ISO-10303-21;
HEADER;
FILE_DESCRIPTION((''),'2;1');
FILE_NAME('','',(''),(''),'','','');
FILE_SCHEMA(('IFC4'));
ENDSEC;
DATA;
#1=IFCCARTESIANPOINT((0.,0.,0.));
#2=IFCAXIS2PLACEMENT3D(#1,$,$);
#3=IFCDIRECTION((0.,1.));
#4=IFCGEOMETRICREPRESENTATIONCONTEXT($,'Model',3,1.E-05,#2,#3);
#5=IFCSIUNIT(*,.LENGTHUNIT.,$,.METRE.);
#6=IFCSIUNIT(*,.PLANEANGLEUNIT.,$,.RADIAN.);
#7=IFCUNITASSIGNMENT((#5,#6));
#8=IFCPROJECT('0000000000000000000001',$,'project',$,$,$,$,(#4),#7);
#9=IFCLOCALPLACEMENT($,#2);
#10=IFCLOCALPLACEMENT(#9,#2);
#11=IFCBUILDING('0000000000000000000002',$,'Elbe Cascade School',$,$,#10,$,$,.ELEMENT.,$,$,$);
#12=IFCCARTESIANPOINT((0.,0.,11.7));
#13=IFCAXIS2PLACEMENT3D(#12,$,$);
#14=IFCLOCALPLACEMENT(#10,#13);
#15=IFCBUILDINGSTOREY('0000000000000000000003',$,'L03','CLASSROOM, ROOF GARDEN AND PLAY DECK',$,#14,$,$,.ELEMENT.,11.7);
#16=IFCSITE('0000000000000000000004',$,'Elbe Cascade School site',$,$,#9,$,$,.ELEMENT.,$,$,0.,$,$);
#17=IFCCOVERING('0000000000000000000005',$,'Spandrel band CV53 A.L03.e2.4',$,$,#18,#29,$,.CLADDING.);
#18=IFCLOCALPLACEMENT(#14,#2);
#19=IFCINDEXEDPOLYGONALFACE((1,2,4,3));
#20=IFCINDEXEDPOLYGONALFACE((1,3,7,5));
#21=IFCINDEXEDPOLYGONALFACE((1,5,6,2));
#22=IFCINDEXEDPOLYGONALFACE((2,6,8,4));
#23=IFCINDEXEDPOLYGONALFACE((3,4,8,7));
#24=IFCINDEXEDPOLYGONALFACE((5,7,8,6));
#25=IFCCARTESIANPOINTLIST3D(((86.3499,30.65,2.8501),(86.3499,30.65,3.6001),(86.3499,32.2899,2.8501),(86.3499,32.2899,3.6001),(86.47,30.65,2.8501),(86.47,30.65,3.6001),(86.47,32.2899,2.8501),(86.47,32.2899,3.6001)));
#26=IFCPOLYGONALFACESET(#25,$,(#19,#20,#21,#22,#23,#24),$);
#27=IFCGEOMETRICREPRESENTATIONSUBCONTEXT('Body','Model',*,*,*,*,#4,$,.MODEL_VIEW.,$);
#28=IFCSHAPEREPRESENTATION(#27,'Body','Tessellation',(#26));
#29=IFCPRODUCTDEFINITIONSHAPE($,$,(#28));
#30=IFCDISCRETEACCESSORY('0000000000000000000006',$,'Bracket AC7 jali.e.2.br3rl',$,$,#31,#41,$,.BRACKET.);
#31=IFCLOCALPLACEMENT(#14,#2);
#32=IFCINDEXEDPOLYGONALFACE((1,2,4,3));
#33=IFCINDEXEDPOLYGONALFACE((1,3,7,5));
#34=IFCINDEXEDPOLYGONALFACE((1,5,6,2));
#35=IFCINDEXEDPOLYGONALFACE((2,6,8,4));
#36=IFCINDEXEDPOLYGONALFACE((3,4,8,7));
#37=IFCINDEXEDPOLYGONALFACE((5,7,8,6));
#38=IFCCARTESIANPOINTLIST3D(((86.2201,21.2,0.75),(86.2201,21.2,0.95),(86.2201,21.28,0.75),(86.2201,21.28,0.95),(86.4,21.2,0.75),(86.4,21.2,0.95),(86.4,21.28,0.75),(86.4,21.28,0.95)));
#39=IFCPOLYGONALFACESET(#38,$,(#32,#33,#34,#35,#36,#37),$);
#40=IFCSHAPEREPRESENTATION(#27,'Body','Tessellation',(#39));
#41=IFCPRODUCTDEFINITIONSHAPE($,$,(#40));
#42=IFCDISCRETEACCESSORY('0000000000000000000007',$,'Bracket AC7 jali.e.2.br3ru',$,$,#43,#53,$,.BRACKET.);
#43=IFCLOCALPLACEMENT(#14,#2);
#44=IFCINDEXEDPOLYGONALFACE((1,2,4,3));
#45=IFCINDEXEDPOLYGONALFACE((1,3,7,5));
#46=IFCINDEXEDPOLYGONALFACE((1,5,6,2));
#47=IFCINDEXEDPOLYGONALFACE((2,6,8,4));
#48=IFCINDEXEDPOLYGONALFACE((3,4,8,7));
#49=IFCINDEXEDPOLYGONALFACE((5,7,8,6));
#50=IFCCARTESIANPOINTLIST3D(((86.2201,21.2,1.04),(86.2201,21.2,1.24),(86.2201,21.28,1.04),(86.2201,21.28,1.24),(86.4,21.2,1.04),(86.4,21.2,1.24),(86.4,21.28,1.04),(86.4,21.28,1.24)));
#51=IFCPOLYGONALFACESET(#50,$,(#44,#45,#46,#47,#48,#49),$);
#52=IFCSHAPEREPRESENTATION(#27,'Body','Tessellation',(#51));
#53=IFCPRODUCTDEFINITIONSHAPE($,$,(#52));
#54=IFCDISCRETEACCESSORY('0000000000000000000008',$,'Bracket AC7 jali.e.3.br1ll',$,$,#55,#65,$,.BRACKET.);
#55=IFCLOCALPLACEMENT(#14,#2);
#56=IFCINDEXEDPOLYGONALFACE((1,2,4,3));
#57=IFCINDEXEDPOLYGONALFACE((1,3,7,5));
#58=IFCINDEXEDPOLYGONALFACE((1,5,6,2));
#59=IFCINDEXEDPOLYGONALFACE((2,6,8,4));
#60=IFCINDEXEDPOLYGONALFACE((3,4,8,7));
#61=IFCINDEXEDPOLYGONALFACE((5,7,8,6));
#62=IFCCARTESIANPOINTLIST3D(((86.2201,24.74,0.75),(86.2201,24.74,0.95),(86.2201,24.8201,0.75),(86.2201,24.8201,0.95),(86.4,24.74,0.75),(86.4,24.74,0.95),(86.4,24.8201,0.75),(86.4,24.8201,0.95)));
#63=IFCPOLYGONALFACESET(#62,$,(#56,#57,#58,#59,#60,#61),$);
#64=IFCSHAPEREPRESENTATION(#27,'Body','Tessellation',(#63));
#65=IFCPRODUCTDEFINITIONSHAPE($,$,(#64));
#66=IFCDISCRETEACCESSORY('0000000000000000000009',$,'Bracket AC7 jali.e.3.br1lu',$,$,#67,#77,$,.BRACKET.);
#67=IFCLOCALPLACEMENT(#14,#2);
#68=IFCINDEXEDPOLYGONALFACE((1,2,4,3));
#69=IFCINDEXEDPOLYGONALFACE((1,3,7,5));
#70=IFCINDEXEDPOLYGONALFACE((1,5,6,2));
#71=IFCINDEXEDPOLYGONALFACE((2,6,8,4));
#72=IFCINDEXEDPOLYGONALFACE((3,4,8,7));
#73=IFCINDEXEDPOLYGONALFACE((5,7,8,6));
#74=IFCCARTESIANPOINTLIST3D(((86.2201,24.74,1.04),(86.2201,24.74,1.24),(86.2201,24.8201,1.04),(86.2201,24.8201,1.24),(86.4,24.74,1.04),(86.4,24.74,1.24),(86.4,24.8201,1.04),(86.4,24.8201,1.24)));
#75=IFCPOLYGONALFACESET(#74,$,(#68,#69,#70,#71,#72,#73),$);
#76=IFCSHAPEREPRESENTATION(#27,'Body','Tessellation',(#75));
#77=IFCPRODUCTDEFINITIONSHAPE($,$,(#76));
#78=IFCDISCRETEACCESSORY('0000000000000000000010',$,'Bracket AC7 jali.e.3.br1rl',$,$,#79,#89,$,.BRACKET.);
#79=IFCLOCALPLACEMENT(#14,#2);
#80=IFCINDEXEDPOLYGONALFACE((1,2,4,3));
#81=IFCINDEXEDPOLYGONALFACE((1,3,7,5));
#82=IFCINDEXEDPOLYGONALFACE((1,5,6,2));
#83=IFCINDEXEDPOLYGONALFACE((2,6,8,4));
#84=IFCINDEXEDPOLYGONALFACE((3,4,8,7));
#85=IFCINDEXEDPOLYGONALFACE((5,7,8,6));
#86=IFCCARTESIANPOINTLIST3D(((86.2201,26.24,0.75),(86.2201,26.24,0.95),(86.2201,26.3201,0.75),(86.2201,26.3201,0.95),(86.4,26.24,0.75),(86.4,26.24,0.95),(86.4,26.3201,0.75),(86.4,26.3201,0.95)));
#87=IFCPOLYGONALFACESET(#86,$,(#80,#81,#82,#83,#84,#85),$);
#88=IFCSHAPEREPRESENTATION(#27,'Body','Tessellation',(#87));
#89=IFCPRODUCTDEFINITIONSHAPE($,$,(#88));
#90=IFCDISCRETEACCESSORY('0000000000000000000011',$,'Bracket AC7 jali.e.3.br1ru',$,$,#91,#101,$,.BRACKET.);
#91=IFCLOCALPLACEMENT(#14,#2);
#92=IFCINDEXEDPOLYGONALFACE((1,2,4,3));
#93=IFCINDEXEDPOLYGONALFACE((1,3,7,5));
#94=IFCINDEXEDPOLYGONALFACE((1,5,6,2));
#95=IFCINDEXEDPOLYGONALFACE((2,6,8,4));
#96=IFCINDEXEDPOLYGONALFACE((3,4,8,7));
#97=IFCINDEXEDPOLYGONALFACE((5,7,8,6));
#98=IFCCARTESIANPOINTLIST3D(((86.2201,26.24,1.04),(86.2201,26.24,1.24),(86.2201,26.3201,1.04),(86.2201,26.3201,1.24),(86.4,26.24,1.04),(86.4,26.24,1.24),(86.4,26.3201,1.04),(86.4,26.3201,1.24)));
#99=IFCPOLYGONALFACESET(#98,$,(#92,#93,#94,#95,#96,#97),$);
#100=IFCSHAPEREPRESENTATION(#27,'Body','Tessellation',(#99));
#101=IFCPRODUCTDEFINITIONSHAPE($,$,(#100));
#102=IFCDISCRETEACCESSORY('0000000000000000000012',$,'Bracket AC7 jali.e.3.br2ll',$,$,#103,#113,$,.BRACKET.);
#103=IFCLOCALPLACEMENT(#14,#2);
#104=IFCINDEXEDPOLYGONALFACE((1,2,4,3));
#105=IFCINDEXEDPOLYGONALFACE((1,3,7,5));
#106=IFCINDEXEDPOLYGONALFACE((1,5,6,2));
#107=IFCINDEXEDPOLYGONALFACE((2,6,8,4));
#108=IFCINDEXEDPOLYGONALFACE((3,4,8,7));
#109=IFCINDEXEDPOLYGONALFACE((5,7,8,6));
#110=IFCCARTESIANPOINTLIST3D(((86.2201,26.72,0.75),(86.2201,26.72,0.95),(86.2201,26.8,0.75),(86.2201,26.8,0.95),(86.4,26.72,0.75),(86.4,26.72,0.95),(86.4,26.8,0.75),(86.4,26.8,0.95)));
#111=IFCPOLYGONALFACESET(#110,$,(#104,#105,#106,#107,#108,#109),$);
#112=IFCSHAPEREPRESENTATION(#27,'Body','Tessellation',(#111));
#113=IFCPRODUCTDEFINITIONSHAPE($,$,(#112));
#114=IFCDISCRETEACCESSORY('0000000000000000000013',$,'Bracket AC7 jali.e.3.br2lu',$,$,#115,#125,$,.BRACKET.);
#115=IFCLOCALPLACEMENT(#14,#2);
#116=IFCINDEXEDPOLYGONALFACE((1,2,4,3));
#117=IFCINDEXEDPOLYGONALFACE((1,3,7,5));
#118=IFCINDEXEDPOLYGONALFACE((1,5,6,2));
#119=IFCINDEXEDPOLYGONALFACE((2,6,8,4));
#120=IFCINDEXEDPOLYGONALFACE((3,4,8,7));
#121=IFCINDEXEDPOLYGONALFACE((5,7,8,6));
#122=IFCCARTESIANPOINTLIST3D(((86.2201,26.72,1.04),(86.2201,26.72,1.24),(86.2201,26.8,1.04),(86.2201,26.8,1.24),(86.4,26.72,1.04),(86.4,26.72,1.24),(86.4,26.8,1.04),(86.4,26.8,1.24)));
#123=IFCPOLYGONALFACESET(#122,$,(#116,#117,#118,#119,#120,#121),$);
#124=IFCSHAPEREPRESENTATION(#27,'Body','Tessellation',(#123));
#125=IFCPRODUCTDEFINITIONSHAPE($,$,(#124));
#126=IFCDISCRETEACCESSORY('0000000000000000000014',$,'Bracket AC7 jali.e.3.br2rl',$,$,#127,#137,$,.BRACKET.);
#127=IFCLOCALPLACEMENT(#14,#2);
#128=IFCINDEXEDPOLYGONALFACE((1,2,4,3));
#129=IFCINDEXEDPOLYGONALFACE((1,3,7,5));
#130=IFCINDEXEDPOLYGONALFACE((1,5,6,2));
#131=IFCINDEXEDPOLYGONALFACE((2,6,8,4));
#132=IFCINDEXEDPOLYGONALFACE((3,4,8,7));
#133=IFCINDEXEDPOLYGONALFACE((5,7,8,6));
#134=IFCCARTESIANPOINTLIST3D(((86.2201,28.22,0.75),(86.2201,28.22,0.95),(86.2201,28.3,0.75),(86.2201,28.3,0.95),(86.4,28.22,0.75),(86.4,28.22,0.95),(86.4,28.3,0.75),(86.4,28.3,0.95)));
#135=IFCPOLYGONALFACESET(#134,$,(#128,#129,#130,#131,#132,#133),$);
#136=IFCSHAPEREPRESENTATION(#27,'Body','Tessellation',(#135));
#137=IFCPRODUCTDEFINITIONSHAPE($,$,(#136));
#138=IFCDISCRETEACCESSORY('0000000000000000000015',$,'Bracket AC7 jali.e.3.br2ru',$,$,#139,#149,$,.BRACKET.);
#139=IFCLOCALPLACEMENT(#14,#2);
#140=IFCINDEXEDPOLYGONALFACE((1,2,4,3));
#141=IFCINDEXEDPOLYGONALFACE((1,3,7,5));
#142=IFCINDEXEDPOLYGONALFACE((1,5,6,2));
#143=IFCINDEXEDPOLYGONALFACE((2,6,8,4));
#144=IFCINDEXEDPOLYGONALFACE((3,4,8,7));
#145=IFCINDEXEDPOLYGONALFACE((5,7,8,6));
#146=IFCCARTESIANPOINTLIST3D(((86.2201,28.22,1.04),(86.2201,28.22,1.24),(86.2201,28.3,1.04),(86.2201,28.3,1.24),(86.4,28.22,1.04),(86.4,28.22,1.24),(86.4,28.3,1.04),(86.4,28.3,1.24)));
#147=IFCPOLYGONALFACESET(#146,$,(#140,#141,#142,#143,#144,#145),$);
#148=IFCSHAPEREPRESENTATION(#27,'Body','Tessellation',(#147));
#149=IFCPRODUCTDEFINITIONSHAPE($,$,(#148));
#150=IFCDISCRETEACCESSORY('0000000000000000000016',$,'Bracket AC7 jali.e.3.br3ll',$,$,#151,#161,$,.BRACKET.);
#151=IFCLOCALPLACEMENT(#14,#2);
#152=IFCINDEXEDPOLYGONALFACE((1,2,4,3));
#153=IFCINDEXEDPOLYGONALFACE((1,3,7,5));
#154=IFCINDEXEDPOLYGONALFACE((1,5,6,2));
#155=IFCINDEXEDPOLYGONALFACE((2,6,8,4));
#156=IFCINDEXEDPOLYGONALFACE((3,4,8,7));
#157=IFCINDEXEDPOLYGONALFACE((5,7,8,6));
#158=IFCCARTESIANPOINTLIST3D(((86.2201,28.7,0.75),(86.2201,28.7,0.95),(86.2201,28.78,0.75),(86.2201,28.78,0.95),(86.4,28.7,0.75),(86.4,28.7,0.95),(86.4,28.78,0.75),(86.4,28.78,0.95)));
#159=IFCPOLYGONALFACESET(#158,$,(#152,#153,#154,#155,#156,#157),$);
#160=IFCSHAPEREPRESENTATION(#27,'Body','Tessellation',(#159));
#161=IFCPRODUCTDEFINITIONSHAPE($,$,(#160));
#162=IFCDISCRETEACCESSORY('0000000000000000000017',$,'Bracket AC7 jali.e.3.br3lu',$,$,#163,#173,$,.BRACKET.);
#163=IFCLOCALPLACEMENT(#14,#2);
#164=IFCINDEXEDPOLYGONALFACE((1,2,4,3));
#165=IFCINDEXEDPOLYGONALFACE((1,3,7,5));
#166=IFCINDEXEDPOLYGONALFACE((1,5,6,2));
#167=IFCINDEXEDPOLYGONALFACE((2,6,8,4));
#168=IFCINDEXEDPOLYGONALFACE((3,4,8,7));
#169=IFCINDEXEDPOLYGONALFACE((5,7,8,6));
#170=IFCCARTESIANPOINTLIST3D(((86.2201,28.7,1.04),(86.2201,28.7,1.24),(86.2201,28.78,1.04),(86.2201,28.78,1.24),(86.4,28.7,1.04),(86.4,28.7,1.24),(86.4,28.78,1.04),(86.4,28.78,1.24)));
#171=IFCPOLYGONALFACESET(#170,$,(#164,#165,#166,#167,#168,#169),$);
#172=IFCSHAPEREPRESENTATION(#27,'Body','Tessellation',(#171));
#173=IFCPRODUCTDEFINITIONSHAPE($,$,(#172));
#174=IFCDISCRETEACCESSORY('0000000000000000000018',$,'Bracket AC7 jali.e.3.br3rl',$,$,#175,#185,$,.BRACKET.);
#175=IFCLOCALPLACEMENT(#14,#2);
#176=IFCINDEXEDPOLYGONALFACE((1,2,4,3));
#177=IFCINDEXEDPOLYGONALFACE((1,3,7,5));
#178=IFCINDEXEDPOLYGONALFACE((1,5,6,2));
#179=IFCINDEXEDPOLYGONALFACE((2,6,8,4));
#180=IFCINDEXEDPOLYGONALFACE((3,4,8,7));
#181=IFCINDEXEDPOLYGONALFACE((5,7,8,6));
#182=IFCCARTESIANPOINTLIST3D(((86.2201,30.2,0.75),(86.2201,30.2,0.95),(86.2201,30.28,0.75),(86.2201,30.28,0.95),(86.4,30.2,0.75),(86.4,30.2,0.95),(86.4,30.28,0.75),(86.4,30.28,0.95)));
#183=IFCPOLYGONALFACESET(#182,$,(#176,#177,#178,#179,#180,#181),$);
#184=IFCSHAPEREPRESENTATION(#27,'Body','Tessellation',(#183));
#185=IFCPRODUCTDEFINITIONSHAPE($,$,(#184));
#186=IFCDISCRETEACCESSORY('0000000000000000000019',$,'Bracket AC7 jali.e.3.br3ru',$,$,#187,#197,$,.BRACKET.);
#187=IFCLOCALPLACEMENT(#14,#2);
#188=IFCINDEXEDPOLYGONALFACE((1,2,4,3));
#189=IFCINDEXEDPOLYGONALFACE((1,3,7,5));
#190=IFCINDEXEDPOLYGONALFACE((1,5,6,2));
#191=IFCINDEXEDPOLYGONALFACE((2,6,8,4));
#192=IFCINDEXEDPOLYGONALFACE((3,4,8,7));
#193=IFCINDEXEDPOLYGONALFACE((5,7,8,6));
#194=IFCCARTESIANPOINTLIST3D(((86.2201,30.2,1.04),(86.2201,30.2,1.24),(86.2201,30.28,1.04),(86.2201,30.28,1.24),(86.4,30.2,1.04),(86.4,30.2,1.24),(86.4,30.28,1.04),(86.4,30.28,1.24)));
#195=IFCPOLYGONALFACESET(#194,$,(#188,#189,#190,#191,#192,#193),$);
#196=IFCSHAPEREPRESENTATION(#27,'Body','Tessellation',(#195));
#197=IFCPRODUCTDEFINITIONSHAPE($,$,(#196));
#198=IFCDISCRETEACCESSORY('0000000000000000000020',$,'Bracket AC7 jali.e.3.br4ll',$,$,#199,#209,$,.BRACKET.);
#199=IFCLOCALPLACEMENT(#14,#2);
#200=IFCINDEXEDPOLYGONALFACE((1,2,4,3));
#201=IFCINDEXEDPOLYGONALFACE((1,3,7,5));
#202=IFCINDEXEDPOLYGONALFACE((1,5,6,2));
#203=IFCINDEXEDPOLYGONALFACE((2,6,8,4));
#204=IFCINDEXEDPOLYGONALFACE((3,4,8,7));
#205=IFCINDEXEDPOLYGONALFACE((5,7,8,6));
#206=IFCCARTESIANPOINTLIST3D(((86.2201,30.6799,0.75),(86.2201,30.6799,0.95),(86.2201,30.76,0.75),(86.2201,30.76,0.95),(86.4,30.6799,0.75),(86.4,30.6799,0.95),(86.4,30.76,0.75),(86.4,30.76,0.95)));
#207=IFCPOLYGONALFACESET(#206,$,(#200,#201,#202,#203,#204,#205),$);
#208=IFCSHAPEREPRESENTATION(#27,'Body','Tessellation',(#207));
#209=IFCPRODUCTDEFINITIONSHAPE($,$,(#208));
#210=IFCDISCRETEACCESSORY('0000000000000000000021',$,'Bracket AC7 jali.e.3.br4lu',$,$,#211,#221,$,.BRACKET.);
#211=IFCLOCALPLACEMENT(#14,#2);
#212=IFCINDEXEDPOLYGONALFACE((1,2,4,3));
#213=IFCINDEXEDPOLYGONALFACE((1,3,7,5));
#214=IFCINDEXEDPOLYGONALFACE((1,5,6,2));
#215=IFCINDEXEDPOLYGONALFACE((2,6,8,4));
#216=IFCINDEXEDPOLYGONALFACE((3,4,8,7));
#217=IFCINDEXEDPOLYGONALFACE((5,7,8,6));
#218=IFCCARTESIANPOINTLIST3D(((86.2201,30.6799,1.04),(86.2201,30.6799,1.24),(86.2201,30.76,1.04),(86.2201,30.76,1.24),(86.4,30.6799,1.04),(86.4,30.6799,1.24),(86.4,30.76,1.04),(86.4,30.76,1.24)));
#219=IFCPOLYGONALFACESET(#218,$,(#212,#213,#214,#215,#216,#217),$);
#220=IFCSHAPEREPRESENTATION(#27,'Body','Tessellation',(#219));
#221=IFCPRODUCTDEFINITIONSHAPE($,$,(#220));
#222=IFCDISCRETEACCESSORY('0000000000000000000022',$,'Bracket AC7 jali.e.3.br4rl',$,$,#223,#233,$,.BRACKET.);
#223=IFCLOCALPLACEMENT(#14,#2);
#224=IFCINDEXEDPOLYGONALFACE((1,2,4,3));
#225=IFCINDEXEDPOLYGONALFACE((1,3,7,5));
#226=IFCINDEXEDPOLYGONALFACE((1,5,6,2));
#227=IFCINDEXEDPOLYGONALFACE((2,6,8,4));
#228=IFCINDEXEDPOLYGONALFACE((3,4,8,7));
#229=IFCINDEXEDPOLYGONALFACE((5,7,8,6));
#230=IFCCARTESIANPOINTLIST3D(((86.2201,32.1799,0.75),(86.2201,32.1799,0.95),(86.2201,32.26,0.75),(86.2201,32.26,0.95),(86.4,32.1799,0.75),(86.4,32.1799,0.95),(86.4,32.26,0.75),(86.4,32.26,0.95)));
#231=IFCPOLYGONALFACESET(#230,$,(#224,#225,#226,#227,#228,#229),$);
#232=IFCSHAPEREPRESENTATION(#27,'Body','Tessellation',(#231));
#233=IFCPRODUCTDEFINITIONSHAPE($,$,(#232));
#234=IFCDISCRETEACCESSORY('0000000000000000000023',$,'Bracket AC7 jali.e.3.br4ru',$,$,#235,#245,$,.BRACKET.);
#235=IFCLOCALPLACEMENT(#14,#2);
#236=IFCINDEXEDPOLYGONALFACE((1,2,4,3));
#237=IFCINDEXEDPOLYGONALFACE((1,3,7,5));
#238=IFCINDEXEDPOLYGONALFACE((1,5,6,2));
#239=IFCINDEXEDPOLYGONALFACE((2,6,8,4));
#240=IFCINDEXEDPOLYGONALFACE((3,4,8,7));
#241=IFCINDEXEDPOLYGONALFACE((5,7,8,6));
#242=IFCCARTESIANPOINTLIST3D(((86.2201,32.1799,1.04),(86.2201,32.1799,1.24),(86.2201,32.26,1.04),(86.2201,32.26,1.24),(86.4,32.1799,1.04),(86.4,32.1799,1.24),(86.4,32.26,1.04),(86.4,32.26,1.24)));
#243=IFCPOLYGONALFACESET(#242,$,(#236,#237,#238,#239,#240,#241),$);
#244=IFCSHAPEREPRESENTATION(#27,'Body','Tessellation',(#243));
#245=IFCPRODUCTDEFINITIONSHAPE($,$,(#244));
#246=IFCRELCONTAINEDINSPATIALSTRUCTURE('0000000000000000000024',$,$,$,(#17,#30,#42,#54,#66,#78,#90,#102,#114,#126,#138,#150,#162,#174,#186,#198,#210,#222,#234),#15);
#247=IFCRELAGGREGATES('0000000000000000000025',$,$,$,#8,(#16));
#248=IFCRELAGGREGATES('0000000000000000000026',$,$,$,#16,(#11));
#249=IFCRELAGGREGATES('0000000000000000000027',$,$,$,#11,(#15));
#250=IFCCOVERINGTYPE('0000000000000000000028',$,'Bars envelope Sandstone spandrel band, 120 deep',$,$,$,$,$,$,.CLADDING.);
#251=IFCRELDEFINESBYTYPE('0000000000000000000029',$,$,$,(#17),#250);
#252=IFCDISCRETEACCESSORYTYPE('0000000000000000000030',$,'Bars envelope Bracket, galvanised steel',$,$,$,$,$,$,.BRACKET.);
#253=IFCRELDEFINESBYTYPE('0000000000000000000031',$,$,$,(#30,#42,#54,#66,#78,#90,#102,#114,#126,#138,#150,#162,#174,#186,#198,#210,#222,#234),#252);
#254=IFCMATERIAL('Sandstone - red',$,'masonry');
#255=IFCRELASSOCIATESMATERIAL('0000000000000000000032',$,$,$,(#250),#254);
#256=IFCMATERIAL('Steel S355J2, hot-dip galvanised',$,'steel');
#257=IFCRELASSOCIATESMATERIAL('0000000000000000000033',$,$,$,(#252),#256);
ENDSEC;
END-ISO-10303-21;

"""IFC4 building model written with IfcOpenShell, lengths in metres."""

from ifc_helpers import new_model, si_unit, direction, frame, origin, origin_2d, place, context, subcontext, project, spatial, rectangle, extrude, material, type_object, element, save


model = new_model("IFC4")

# Units and contexts
model_context = context("Model", 3, precision=1e-05, world=origin(), true_north=direction((0.0, 1.0)))
body_context = subcontext(model_context, "Body", "Model", "MODEL_VIEW")
ifc_project = project(units=[si_unit("LENGTHUNIT", "METRE"), si_unit("PLANEANGLEUNIT", "RADIAN")], contexts=[model_context])

# Site, building, storey
site_placement = place(None, origin())
site = spatial("IfcSite", under=ifc_project, at=site_placement, Name="Elbe Cascade School site", CompositionType="ELEMENT", RefElevation=0.0)
building_placement = place(site_placement, origin())
building = spatial("IfcBuilding", under=site, at=building_placement, Name="Elbe Cascade School", CompositionType="ELEMENT")
storey_placement = place(building_placement, frame((0.0, 0.0, 11.7)))
storey = spatial("IfcBuildingStorey", under=building, at=storey_placement, Name="L03", Description="CLASSROOM, ROOF GARDEN AND PLAY DECK", CompositionType="ELEMENT", Elevation=11.7)

# Covering
ifc_material_1 = material(Name="Sandstone - red", Category="masonry")
covering_type = type_object("IfcCoveringType", Name="Bars envelope Sandstone spandrel band, 120 deep", PredefinedType="CLADDING", material=ifc_material_1)
for number, where, z_axis, x_axis, name in (
    (1, (86.4099, 31.47, 2.8501), (0.0, 0.0, 1.0), (0.0, 1.0, 0.0), "Spandrel band CV53 A.L03.e2.4"),
):
    element("IfcCovering", number, at=place(storey_placement, frame(where, z_axis=z_axis, x_axis=x_axis)), inside=storey, type_object=covering_type, Name=name, PredefinedType="CLADDING", context=body_context, shape_type="SweptSolid", body=[
        extrude(rectangle(XDim=1.6399, YDim=0.1201, at=origin_2d()), origin(), (0.0, 0.0, 1.0), 0.75),
    ])

# Discrete accessories
ifc_material_2 = material(Name="Steel S355J2, hot-dip galvanised", Category="steel")
discrete_accessory_type = type_object("IfcDiscreteAccessoryType", Name="Bars envelope Bracket, galvanised steel", PredefinedType="BRACKET", material=ifc_material_2)
for number, where, z_axis, x_axis, name in (
    (2, (86.3101, 21.24, 0.75), (0.0, 0.0, 1.0), (0.0, 1.0, 0.0), "Bracket AC7 jali.e.2.br3rl"),
    (3, (86.3101, 21.24, 1.04), (0.0, 0.0, 1.0), (0.0, 1.0, 0.0), "Bracket AC7 jali.e.2.br3ru"),
    (4, (86.3101, 24.78, 0.75), (0.0, 0.0, 1.0), (0.0, 1.0, 0.0), "Bracket AC7 jali.e.3.br1ll"),
    (5, (86.3101, 24.78, 1.04), (0.0, 0.0, 1.0), (0.0, 1.0, 0.0), "Bracket AC7 jali.e.3.br1lu"),
    (6, (86.3101, 26.28, 0.75), (0.0, 0.0, 1.0), (0.0, 1.0, 0.0), "Bracket AC7 jali.e.3.br1rl"),
    (7, (86.3101, 26.28, 1.04), (0.0, 0.0, 1.0), (0.0, 1.0, 0.0), "Bracket AC7 jali.e.3.br1ru"),
    (8, (86.3101, 26.76, 0.75), (0.0, 0.0, 1.0), (0.0, 1.0, 0.0), "Bracket AC7 jali.e.3.br2ll"),
    (9, (86.3101, 26.76, 1.04), (0.0, 0.0, 1.0), (0.0, 1.0, 0.0), "Bracket AC7 jali.e.3.br2lu"),
    (10, (86.3101, 28.26, 0.75), (0.0, 0.0, 1.0), (0.0, 1.0, 0.0), "Bracket AC7 jali.e.3.br2rl"),
    (11, (86.3101, 28.26, 1.04), (0.0, 0.0, 1.0), (0.0, 1.0, 0.0), "Bracket AC7 jali.e.3.br2ru"),
    (12, (86.3101, 28.74, 0.75), (0.0, 0.0, 1.0), (0.0, 1.0, 0.0), "Bracket AC7 jali.e.3.br3ll"),
    (13, (86.3101, 28.74, 1.04), (0.0, 0.0, 1.0), (0.0, 1.0, 0.0), "Bracket AC7 jali.e.3.br3lu"),
    (14, (86.3101, 30.24, 0.75), (0.0, 0.0, 1.0), (0.0, 1.0, 0.0), "Bracket AC7 jali.e.3.br3rl"),
    (15, (86.3101, 30.24, 1.04), (0.0, 0.0, 1.0), (0.0, 1.0, 0.0), "Bracket AC7 jali.e.3.br3ru"),
    (16, (86.3101, 30.72, 0.75), (0.0, 0.0, 1.0), (0.0, 1.0, 0.0), "Bracket AC7 jali.e.3.br4ll"),
    (17, (86.3101, 30.72, 1.04), (0.0, 0.0, 1.0), (0.0, 1.0, 0.0), "Bracket AC7 jali.e.3.br4lu"),
    (18, (86.3101, 32.22, 0.75), (0.0, 0.0, 1.0), (0.0, 1.0, 0.0), "Bracket AC7 jali.e.3.br4rl"),
    (19, (86.3101, 32.22, 1.04), (0.0, 0.0, 1.0), (0.0, 1.0, 0.0), "Bracket AC7 jali.e.3.br4ru"),
):
    element("IfcDiscreteAccessory", number, at=place(storey_placement, frame(where, z_axis=z_axis, x_axis=x_axis)), inside=storey, type_object=discrete_accessory_type, Name=name, PredefinedType="BRACKET", context=body_context, shape_type="SweptSolid", body=[
        extrude(rectangle(XDim=0.0801, YDim=0.1799, at=origin_2d()), origin(), (0.0, 0.0, 1.0), 0.2),
    ])

save(model, "model.ifc")
